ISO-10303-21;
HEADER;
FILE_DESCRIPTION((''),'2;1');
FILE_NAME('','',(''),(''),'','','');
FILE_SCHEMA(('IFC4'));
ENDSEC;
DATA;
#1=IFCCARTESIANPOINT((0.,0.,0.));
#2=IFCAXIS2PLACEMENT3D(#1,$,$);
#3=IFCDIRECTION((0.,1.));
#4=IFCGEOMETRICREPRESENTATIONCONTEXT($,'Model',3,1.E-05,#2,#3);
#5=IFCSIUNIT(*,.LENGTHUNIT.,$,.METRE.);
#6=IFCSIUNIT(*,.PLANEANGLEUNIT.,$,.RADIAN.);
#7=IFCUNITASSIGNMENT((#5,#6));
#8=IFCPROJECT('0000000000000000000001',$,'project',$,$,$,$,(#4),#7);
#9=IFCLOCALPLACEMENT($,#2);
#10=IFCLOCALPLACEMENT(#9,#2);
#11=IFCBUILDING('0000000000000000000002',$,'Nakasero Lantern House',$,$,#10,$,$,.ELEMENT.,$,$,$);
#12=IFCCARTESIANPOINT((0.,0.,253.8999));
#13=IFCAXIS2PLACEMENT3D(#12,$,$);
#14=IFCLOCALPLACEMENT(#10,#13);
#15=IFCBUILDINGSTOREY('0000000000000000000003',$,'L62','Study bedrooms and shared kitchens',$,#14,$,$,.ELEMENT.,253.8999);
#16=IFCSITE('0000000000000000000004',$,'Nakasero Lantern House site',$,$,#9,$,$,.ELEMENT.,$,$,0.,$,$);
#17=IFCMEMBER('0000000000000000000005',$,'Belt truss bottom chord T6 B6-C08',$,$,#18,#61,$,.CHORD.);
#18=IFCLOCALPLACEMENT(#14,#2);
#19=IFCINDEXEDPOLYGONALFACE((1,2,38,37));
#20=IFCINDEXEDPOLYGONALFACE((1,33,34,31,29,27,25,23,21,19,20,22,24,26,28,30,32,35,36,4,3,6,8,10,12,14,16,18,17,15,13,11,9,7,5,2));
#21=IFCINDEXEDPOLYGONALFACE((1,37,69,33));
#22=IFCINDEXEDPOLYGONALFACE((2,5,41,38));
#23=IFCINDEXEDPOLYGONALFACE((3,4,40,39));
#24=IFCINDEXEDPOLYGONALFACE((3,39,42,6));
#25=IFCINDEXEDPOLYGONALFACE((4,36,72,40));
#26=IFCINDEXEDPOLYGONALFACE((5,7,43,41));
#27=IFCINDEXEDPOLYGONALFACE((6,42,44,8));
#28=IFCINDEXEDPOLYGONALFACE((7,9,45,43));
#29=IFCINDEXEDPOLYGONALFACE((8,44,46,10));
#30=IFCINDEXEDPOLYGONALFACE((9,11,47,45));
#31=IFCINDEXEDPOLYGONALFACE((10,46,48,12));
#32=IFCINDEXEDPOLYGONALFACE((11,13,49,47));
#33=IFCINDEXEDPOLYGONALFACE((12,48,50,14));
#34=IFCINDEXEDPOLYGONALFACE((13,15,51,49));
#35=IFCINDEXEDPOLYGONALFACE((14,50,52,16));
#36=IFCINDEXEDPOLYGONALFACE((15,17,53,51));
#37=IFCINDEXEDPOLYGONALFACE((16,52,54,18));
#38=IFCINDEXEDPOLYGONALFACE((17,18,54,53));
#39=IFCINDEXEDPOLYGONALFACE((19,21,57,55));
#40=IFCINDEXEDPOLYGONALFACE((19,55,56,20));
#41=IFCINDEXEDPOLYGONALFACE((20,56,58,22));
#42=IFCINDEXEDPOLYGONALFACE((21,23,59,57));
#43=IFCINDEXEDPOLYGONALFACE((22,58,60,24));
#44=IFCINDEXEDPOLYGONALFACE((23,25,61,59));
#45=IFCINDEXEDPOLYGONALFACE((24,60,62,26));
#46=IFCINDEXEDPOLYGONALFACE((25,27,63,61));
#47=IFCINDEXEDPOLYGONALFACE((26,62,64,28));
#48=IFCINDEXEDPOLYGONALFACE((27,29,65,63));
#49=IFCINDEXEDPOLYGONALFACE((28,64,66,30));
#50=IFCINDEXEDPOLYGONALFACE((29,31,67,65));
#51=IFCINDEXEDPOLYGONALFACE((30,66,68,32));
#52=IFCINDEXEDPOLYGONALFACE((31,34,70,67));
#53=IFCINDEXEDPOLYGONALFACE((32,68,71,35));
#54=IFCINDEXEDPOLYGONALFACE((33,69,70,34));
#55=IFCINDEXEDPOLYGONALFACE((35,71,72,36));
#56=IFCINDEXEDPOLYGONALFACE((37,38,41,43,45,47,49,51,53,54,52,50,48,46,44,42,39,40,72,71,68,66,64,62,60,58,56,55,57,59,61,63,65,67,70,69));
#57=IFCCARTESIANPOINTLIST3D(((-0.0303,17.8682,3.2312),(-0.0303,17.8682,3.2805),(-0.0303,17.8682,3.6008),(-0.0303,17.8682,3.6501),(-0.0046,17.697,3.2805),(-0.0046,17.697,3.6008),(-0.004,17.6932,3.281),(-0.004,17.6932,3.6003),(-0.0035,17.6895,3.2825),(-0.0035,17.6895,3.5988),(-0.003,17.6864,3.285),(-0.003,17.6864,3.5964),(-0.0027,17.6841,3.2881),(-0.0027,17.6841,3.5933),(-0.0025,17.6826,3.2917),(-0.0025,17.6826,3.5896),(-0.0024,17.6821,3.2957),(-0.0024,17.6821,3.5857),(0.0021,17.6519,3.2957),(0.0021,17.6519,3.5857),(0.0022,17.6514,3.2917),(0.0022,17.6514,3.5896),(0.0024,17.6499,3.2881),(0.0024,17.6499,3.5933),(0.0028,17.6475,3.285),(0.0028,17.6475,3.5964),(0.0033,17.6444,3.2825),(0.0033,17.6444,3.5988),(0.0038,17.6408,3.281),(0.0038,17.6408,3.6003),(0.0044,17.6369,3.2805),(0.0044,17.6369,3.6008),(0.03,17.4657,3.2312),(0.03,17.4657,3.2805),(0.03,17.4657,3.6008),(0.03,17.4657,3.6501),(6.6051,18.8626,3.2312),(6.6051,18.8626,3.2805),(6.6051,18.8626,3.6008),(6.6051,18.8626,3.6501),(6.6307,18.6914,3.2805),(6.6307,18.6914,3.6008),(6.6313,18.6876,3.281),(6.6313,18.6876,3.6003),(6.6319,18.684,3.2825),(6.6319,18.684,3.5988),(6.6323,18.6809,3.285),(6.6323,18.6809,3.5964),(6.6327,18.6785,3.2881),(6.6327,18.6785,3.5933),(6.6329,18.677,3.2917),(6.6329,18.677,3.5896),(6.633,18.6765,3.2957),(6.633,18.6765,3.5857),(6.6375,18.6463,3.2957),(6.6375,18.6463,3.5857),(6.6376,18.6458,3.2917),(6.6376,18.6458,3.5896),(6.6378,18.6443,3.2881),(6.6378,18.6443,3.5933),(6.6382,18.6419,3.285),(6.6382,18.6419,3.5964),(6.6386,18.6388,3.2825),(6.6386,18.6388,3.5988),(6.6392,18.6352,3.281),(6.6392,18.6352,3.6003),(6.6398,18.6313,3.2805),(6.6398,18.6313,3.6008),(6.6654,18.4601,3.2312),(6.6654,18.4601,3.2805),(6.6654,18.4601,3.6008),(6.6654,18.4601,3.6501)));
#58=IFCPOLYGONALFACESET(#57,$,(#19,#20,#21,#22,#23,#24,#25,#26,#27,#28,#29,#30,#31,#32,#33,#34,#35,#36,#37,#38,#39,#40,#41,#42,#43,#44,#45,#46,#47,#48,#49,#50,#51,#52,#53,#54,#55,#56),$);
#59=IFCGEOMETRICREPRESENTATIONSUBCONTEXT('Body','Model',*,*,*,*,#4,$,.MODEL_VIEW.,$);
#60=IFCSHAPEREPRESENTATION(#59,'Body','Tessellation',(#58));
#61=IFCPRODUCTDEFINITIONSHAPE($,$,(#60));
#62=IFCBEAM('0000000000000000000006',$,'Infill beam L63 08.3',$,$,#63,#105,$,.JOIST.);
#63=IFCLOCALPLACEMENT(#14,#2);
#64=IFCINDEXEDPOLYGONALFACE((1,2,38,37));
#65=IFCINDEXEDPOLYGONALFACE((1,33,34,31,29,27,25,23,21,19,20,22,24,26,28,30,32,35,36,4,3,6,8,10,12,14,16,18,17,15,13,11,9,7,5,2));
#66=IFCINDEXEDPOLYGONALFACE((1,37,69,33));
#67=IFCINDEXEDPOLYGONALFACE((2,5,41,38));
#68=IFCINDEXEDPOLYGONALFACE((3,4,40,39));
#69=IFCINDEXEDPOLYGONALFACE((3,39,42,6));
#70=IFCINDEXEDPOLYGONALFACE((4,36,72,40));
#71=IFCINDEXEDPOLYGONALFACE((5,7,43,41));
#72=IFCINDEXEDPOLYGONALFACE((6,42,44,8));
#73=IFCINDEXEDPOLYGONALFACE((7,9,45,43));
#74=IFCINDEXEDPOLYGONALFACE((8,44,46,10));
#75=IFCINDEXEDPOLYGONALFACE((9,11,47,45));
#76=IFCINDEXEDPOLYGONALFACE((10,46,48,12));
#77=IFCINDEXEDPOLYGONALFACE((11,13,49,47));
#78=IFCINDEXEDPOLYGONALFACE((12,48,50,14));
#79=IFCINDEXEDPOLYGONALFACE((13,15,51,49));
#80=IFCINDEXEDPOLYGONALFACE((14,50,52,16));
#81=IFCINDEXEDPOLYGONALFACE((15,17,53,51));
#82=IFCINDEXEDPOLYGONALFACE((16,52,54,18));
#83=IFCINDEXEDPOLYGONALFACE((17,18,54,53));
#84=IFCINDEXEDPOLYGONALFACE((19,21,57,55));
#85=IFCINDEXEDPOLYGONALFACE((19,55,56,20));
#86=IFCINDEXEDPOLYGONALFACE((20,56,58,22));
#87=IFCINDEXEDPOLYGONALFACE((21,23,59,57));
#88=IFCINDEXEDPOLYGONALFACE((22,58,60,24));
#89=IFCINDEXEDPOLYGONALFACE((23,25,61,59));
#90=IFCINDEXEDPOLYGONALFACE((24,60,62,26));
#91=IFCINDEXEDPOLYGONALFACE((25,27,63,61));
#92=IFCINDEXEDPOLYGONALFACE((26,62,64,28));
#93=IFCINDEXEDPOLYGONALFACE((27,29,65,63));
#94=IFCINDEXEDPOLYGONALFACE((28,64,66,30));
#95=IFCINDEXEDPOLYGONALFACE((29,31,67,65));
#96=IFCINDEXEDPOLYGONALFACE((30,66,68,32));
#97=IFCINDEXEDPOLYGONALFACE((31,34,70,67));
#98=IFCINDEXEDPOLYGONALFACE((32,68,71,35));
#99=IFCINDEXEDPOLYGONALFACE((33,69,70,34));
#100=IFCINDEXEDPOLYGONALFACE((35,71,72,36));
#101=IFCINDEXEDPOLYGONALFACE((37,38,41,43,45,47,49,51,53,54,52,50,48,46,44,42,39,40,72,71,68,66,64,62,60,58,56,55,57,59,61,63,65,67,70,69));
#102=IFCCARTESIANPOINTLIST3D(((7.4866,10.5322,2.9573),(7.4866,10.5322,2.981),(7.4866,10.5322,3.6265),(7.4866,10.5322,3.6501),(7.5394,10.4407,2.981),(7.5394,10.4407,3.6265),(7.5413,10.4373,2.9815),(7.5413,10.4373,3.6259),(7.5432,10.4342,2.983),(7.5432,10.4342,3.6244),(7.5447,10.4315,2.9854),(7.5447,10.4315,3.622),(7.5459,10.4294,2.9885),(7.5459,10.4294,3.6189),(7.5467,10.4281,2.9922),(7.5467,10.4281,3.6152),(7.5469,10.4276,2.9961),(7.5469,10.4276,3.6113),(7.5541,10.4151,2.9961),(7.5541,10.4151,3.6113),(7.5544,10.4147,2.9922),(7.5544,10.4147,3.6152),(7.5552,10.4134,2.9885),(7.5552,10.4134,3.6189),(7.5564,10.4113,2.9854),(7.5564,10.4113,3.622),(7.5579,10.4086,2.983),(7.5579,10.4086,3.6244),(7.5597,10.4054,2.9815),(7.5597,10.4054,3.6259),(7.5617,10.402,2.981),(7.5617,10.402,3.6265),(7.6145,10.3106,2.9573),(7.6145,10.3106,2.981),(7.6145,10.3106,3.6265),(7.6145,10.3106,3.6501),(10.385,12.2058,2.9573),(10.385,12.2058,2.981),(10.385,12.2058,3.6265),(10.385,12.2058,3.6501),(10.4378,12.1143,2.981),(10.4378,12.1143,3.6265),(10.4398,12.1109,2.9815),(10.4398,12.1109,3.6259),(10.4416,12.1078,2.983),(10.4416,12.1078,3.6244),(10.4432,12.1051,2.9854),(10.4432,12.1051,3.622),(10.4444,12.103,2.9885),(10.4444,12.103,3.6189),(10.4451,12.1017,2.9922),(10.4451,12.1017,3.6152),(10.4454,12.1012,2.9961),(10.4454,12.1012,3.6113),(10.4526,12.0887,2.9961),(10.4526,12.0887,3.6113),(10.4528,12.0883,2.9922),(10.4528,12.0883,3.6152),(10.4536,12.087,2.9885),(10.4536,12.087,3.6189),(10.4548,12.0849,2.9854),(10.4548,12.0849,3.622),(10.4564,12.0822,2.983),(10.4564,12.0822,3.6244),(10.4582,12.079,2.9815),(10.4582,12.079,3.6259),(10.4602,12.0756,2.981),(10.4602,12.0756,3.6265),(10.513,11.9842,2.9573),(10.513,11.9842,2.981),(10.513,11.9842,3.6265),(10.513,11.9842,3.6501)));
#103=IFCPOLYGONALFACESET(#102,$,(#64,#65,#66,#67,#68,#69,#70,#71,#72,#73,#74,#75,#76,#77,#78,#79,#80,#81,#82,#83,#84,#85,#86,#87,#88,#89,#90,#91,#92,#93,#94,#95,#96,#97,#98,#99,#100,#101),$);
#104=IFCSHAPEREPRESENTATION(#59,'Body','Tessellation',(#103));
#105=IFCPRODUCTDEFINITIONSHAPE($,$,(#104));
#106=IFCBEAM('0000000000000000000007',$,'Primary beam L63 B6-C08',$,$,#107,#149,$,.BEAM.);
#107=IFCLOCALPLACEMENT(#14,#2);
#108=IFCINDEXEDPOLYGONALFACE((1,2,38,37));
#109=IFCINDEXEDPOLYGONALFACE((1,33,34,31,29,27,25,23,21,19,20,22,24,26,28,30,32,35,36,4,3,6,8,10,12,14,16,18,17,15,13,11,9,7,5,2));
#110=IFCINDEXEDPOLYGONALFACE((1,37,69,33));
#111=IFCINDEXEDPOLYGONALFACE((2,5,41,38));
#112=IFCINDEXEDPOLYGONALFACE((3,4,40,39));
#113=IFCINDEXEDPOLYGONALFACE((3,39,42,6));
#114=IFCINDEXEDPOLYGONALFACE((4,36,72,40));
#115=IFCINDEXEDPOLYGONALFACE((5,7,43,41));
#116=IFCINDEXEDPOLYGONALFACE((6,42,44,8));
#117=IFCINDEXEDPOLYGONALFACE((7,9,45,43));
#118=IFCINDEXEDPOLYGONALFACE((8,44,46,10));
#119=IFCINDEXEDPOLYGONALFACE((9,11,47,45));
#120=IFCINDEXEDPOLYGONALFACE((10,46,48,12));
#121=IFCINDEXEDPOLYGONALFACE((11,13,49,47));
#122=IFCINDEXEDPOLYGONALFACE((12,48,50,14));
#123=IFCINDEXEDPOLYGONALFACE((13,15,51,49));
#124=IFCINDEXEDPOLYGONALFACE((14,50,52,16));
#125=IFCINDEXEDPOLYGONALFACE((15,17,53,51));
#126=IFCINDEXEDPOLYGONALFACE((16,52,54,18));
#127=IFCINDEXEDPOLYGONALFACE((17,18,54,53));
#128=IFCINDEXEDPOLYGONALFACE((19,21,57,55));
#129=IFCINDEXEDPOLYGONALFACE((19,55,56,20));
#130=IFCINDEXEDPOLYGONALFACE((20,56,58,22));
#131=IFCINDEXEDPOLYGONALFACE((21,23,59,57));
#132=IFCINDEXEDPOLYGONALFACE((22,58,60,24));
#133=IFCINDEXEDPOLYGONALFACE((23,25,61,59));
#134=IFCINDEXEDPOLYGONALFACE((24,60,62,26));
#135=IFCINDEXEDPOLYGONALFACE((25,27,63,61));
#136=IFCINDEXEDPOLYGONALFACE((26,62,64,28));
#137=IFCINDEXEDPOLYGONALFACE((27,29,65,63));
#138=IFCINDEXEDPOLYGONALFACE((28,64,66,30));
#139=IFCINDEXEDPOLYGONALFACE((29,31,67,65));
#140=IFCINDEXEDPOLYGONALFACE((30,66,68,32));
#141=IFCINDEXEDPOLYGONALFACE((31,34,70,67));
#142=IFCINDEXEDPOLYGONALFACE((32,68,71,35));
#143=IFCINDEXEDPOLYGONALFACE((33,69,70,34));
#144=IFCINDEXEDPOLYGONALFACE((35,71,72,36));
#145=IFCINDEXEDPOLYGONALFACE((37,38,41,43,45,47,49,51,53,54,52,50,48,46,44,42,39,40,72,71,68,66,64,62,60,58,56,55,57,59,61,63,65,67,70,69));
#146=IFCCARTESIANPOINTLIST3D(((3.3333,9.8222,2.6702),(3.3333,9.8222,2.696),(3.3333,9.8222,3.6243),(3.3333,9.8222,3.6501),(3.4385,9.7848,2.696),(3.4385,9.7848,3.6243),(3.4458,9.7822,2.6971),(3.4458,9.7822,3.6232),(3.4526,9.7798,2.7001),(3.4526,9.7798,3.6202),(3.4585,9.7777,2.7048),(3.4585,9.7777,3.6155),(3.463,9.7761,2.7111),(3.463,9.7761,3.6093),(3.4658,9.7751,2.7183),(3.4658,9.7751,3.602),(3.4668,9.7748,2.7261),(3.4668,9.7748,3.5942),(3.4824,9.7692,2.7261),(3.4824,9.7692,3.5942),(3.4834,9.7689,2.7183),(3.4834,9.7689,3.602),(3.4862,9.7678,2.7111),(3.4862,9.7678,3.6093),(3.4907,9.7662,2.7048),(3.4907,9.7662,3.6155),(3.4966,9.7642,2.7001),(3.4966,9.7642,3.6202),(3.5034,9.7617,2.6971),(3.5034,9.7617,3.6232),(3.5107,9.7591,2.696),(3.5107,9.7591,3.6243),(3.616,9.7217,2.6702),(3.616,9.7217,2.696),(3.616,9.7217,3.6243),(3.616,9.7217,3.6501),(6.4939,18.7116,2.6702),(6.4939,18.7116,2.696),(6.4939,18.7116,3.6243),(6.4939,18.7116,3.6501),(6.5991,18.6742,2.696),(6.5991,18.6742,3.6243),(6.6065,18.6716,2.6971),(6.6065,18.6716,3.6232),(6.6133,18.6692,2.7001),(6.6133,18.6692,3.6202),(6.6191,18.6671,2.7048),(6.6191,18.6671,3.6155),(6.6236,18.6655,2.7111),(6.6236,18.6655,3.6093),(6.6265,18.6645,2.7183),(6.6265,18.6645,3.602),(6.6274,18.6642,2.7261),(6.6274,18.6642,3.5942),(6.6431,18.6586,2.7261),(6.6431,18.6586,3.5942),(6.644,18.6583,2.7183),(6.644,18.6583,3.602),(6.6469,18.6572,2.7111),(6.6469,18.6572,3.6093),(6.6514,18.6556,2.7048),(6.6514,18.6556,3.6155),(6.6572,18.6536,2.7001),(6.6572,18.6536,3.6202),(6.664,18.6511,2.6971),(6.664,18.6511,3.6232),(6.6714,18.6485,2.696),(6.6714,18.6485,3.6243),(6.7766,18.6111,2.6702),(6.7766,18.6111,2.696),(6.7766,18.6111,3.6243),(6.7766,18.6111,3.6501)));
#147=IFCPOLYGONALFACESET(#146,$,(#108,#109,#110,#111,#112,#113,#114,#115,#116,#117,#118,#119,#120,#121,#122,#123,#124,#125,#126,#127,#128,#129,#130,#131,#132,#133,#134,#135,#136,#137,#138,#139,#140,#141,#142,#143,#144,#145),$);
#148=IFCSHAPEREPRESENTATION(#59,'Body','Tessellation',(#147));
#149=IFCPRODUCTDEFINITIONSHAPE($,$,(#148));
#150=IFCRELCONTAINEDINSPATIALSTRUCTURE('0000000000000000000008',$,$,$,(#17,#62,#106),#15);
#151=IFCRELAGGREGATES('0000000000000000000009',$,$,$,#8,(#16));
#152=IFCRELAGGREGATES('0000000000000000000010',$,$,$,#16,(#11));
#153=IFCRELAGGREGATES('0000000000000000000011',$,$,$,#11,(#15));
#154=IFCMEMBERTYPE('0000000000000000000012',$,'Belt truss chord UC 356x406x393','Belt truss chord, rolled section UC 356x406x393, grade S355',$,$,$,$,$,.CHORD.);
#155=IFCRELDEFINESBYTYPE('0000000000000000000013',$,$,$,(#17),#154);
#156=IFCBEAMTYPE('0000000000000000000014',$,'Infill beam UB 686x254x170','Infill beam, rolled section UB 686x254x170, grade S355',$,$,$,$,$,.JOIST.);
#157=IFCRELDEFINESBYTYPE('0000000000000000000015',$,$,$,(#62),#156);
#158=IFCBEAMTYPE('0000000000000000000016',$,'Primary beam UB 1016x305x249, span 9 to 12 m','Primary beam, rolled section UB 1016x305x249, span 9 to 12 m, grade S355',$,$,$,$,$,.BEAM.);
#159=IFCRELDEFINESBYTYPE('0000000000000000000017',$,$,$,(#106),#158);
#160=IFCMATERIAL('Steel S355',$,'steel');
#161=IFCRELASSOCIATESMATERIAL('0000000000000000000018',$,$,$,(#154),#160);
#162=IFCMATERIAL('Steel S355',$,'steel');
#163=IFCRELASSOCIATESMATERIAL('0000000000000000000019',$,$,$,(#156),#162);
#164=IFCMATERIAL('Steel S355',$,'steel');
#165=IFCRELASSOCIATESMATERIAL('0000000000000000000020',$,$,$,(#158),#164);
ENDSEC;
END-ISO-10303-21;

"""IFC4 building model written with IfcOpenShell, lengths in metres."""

from ifc_helpers import new_model, si_unit, direction, frame, origin, origin_2d, place, context, subcontext, project, spatial, i_section, extrude, material, material_profile, profile_set, type_object, element, save


model = new_model("IFC4")

# Units and contexts
model_context = context("Model", 3, precision=1e-05, world=origin(), true_north=direction((0.0, 1.0)))
body_context = subcontext(model_context, "Body", "Model", "MODEL_VIEW")
ifc_project = project(units=[si_unit("LENGTHUNIT", "METRE"), si_unit("PLANEANGLEUNIT", "RADIAN")], contexts=[model_context])

# Site, building, storey
site_placement = place(None, origin())
site = spatial("IfcSite", under=ifc_project, at=site_placement, Name="Nakasero Lantern House site", CompositionType="ELEMENT", RefElevation=0.0)
building_placement = place(site_placement, origin())
building = spatial("IfcBuilding", under=site, at=building_placement, Name="Nakasero Lantern House", CompositionType="ELEMENT")
storey_placement = place(building_placement, frame((0.0, 0.0, 253.8999)))
storey = spatial("IfcBuildingStorey", under=building, at=storey_placement, Name="L62", Description="Study bedrooms and shared kitchens", CompositionType="ELEMENT", Elevation=253.8999)

# Member
ifc_material_1 = material(Name="Steel S355", Category="steel")
ifc_material_profile_1 = material_profile(ifc_material_1, i_section(OverallWidth=0.407, OverallDepth=0.4189, WebThickness=0.0305, FlangeThickness=0.0493, FilletRadius=0.0151, at=origin_2d()), Name="UC 356x406x393")
ifc_profile_set_1 = profile_set([ifc_material_profile_1], Name="Steel S355")
member_type = type_object("IfcMemberType", Name="Belt truss chord UC 356x406x393", Description="Belt truss chord, rolled section UC 356x406x393, grade S355", PredefinedType="CHORD", material=ifc_profile_set_1)
member_1_placement = place(storey_placement, frame((6.6353, 18.6614, 3.4407), z_axis=(-0.988956, -0.148209, 0.0), x_axis=(0.148209, -0.988956, 0.0)))
element("IfcMember", 1, at=member_1_placement, inside=storey, type_object=member_type, Name="Belt truss bottom chord T6 B6-C08", PredefinedType="CHORD", context=body_context, shape_type="SweptSolid", body=[
    extrude(i_section(OverallWidth=0.407, OverallDepth=0.4189, WebThickness=0.0305, FlangeThickness=0.0493, FilletRadius=0.0151, at=origin_2d()), origin(), (0.0, 0.0, 1.0), 6.7095),
])

# Beams
ifc_material_2 = material(Name="Steel S355", Category="steel")
ifc_material_profile_2 = material_profile(ifc_material_2, i_section(OverallWidth=0.2559, OverallDepth=0.6929, WebThickness=0.0144, FlangeThickness=0.0237, FilletRadius=0.0151, at=origin_2d()), Name="UB 686x254x170")
ifc_profile_set_2 = profile_set([ifc_material_profile_2], Name="Steel S355")
beam_type_1 = type_object("IfcBeamType", Name="Infill beam UB 686x254x170", Description="Infill beam, rolled section UB 686x254x170, grade S355", PredefinedType="JOIST", material=ifc_profile_set_2)
beam_1_placement = place(storey_placement, frame((7.5505, 10.4214, 3.3037), z_axis=(0.866003, 0.500038, 0.0), x_axis=(-0.500038, 0.866003, 0.0)))
element("IfcBeam", 2, at=beam_1_placement, inside=storey, type_object=beam_type_1, Name="Infill beam L63 08.3", PredefinedType="JOIST", context=body_context, shape_type="SweptSolid", body=[
    extrude(i_section(OverallWidth=0.2559, OverallDepth=0.6929, WebThickness=0.0144, FlangeThickness=0.0237, FilletRadius=0.0151, at=origin_2d()), origin(), (0.0, 0.0, 1.0), 3.3469),
])
ifc_material_3 = material(Name="Steel S355", Category="steel")
ifc_material_profile_3 = material_profile(ifc_material_3, i_section(OverallWidth=0.3, OverallDepth=0.98, WebThickness=0.0166, FlangeThickness=0.0259, FilletRadius=0.03, at=origin_2d()), Name="UB 1016x305x249")
ifc_profile_set_3 = profile_set([ifc_material_profile_3], Name="Steel S355")
beam_type_2 = type_object("IfcBeamType", Name="Primary beam UB 1016x305x249, span 9 to 12 m", Description="Primary beam, rolled section UB 1016x305x249, span 9 to 12 m, grade S355", PredefinedType="BEAM", material=ifc_profile_set_3)
beam_2_placement = place(storey_placement, frame((6.6353, 18.6614, 3.1602), z_axis=(-0.335007, -0.942216, 0.0), x_axis=(0.942216, -0.335007, 0.0)))
element("IfcBeam", 3, at=beam_2_placement, inside=storey, type_object=beam_type_2, Name="Primary beam L63 B6-C08", PredefinedType="BEAM", context=body_context, shape_type="SweptSolid", body=[
    extrude(i_section(OverallWidth=0.3, OverallDepth=0.98, WebThickness=0.0166, FlangeThickness=0.0259, FilletRadius=0.03, at=origin_2d()), origin(), (0.0, 0.0, 1.0), 9.4346),
])

save(model, "model.ifc")
